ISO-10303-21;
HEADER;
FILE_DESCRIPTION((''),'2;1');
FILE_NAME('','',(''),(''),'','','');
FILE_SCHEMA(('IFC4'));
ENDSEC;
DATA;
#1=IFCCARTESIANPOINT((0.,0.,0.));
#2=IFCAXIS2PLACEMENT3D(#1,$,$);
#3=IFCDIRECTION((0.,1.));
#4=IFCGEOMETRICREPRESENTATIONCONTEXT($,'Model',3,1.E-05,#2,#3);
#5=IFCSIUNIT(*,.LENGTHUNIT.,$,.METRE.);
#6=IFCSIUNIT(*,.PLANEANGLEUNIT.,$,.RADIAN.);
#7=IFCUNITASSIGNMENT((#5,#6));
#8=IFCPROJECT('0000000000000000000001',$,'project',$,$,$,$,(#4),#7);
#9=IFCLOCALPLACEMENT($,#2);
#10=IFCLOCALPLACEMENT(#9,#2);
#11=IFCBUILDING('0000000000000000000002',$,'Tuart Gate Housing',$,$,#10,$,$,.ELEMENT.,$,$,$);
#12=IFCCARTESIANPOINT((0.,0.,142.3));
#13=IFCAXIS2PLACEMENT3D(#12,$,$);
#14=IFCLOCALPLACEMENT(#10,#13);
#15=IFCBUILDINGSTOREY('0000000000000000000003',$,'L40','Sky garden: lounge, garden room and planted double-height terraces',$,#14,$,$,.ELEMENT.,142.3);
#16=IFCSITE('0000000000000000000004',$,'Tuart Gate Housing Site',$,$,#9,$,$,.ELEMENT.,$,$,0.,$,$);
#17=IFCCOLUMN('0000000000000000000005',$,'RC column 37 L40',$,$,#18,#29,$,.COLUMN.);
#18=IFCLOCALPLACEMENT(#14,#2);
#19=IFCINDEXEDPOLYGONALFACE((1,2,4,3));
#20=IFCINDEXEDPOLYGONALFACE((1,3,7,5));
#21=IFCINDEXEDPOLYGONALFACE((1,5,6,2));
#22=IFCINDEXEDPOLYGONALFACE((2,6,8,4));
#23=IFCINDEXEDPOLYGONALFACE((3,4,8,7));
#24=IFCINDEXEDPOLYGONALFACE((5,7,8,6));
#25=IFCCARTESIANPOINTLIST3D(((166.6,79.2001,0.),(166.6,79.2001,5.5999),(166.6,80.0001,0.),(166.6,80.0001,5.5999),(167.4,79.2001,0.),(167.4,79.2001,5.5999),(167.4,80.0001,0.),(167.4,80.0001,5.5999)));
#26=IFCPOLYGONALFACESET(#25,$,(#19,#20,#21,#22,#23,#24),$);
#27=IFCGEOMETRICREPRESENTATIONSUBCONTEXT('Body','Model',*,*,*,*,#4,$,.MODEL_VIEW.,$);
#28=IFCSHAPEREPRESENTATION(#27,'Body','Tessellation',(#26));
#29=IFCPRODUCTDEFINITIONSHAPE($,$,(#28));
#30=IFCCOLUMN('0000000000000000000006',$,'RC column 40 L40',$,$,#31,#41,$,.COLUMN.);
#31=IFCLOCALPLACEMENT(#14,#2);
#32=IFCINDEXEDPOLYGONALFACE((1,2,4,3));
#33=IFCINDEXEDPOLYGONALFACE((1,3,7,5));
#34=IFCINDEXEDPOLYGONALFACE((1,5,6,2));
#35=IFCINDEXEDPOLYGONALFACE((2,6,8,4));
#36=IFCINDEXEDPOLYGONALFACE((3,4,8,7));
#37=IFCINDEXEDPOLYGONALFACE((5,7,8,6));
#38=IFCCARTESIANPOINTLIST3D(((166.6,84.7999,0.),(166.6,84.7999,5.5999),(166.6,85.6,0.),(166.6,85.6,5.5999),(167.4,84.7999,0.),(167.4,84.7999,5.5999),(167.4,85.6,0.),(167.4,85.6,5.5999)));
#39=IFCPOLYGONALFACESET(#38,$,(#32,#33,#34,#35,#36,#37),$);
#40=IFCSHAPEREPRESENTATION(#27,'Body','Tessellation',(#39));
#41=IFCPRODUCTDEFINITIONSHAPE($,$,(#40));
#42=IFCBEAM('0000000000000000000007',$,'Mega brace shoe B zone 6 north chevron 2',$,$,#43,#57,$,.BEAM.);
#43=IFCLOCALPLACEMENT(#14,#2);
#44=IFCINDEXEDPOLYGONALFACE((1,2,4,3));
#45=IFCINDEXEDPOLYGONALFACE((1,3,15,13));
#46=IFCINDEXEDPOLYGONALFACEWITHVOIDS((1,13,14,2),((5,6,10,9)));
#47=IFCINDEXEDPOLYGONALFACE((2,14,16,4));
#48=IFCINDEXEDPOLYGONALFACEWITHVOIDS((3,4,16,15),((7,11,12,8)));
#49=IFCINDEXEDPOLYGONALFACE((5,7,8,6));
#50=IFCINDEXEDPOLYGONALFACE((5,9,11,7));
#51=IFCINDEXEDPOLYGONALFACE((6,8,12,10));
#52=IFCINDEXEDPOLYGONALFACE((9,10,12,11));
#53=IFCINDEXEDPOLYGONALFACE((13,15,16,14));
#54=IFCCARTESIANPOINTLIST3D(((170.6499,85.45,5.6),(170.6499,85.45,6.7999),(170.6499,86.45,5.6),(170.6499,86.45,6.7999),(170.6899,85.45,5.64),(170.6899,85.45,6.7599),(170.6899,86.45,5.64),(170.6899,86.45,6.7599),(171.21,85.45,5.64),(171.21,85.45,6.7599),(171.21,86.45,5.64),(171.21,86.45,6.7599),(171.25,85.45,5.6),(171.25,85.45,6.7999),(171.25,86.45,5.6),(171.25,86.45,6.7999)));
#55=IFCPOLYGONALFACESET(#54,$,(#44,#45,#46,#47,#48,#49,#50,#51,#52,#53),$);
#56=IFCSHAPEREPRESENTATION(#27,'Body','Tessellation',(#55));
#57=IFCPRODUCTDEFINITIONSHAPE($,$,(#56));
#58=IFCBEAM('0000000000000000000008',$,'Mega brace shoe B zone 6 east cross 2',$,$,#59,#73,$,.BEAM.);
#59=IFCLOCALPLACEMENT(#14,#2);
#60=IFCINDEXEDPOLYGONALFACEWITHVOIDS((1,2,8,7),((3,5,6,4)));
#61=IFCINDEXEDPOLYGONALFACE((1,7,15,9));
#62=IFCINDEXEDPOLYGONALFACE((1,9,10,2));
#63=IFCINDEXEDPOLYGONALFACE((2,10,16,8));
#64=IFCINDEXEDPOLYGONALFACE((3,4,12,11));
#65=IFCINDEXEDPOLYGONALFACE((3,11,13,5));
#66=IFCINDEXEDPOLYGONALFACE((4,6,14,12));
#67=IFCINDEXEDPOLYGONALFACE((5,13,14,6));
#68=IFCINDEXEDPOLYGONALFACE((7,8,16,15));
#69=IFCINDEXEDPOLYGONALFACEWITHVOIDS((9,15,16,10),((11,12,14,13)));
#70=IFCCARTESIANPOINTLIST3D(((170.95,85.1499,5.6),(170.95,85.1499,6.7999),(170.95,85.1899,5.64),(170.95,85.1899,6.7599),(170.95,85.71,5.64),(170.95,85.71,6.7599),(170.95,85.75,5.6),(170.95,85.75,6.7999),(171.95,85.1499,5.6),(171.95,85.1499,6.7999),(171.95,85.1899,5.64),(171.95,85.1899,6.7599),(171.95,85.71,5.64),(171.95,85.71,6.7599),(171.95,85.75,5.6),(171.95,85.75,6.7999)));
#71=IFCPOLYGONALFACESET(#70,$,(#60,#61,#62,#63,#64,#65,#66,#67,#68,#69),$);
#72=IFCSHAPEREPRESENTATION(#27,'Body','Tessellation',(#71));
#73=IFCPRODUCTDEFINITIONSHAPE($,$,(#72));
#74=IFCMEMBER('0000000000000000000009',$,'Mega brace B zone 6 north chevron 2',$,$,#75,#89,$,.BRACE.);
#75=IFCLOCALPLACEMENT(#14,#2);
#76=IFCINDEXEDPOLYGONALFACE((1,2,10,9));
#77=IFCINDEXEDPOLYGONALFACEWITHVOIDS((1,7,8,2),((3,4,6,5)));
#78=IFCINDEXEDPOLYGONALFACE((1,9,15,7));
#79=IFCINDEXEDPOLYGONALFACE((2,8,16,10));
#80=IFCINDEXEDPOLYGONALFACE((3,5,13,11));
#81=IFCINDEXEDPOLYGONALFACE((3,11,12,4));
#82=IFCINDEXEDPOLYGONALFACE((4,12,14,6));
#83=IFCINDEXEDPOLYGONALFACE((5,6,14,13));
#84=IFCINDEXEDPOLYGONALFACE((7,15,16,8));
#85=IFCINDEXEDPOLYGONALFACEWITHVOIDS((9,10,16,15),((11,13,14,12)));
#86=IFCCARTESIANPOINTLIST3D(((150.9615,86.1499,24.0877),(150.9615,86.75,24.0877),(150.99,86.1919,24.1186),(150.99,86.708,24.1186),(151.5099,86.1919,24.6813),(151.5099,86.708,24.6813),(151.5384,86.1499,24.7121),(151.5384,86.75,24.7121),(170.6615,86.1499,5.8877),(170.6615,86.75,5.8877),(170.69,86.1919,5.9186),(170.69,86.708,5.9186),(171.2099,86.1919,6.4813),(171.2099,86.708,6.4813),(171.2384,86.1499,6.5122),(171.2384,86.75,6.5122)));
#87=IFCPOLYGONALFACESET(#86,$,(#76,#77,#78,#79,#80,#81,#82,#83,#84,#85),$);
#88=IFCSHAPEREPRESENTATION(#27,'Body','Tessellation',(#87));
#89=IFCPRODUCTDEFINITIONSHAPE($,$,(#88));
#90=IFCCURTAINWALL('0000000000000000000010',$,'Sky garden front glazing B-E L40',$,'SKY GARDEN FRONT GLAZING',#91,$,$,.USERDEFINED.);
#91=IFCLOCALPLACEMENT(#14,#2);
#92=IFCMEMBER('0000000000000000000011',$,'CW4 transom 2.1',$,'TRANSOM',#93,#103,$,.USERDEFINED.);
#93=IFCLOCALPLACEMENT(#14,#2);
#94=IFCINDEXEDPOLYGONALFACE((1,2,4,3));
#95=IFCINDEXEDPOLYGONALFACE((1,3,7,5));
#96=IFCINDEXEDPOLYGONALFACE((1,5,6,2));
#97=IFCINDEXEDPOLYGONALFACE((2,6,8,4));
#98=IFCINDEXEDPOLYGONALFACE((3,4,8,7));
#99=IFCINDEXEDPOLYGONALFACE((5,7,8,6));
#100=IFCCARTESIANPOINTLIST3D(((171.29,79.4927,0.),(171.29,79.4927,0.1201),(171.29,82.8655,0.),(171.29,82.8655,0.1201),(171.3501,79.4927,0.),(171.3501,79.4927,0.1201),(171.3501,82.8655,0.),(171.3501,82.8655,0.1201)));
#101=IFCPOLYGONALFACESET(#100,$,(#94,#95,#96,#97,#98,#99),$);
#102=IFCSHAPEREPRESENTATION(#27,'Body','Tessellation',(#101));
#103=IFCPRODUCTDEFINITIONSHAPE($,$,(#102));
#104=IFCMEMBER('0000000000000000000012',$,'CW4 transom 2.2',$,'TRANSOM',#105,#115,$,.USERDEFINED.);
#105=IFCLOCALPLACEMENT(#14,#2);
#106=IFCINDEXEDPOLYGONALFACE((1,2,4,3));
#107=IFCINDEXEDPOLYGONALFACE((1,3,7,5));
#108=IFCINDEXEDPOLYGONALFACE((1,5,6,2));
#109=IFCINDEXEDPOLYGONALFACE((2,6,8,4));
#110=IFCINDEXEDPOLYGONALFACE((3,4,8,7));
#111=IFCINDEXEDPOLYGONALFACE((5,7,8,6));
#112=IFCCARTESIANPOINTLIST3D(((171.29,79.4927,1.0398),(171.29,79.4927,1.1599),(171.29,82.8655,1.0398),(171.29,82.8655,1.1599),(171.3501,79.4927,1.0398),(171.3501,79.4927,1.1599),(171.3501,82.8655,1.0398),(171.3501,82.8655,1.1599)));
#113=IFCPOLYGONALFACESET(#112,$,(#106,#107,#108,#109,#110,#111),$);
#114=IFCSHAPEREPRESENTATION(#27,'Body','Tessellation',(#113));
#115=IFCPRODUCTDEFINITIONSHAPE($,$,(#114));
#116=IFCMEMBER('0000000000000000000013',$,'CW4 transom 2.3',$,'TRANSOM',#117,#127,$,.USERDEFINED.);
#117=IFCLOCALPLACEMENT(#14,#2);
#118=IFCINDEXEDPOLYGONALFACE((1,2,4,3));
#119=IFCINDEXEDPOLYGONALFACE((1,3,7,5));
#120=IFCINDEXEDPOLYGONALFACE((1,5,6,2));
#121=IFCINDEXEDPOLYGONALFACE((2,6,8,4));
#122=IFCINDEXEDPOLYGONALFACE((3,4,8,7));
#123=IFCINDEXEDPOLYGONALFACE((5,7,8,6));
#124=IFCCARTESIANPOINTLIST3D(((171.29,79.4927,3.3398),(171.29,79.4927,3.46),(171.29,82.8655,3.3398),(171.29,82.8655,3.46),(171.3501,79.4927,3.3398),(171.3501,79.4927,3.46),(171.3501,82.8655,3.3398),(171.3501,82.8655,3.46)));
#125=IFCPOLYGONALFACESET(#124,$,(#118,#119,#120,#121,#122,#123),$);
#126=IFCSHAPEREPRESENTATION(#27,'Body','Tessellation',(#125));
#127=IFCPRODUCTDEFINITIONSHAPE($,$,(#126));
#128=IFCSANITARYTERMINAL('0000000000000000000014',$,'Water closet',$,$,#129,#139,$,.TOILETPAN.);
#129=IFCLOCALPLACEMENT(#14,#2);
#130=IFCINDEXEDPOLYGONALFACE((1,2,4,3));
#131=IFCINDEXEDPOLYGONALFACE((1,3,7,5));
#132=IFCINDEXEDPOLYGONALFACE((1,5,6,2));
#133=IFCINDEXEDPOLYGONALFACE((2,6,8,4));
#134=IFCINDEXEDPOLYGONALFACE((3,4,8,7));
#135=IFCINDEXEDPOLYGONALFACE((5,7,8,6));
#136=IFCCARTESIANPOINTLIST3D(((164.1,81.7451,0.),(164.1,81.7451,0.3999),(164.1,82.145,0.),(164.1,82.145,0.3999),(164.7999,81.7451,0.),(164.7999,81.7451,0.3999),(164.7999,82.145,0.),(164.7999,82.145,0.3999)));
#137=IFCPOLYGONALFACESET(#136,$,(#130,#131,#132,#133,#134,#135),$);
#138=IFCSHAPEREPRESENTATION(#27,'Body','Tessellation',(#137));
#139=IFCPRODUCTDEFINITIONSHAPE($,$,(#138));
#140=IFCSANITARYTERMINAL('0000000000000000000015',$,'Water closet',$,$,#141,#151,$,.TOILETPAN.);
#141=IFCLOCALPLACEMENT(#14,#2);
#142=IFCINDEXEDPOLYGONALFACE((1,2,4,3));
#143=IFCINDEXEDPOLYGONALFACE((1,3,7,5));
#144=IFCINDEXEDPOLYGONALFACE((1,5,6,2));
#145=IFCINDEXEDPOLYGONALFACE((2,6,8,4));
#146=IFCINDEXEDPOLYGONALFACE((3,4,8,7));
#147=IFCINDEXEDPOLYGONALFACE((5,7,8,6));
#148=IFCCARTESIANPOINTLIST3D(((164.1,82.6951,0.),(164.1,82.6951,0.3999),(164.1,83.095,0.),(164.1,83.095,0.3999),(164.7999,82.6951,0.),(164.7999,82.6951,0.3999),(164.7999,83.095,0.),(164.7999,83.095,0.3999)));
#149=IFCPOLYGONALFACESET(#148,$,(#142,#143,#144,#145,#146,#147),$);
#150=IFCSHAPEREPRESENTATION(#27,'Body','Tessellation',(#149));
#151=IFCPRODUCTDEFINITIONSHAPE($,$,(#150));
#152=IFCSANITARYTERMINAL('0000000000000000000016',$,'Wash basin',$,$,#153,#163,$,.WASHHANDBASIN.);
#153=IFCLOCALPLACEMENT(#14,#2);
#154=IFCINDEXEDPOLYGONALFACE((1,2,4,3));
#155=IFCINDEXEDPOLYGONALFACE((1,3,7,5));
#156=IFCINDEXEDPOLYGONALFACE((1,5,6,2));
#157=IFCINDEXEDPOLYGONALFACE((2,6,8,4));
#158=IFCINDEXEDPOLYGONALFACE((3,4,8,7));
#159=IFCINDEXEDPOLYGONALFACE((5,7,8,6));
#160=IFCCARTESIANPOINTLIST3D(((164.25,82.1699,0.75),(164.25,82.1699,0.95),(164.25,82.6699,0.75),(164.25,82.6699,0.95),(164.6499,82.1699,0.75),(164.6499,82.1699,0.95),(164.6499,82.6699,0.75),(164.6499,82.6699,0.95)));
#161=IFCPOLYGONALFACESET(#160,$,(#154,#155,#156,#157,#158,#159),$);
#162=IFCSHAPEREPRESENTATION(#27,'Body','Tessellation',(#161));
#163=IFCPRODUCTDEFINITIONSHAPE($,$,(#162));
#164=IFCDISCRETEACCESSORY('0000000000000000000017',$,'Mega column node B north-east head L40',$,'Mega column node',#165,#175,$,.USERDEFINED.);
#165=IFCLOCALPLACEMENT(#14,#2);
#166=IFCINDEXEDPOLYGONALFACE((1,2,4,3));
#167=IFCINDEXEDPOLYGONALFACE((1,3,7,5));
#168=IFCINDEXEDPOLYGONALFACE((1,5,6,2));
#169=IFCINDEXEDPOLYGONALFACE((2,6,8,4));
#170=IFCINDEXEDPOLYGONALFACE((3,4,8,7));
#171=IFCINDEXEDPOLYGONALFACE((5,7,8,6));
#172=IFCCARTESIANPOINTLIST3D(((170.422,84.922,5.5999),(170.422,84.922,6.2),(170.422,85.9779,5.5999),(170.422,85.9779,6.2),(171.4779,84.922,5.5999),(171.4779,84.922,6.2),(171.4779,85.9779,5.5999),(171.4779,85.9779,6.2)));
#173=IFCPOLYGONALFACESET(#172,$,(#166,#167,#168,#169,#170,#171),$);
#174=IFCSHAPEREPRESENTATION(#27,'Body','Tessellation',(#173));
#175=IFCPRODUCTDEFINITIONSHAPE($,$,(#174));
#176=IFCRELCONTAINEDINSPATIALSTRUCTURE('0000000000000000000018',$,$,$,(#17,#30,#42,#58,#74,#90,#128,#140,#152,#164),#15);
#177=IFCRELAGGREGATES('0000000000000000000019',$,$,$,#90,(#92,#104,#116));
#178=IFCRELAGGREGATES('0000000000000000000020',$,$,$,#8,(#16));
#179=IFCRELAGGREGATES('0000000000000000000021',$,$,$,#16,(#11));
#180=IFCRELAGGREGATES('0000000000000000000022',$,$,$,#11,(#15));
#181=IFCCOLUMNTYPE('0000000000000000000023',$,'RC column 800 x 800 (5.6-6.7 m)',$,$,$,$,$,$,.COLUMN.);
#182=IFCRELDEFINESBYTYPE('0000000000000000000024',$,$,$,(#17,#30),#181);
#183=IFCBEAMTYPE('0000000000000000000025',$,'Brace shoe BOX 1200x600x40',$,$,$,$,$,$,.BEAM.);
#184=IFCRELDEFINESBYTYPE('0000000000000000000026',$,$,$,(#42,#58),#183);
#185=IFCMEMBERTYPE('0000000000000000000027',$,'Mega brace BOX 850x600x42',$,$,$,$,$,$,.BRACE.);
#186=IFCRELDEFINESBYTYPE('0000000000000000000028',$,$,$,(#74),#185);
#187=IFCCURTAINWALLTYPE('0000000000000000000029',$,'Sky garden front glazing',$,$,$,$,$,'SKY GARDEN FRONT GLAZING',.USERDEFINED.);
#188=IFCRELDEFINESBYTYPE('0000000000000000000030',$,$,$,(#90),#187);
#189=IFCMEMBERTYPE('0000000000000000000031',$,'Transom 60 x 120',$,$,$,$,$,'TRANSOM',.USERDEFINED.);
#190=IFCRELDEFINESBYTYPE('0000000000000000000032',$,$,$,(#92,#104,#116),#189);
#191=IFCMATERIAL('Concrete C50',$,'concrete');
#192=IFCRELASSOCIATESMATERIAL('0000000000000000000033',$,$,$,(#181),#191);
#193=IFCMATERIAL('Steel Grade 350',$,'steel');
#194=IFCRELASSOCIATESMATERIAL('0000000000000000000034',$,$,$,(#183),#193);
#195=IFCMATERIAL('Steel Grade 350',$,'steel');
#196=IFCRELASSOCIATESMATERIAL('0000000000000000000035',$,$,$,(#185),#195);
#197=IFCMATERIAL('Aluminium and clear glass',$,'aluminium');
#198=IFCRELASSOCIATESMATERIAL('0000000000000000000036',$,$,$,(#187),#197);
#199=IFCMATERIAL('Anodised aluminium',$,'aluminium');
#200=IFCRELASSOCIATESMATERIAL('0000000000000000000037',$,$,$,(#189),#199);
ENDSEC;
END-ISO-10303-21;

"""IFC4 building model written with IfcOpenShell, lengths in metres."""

from ifc_helpers import new_model, si_unit, direction, frame, origin, origin_2d, place, context, subcontext, project, spatial, rectangle, hollow_rectangle, extrude, material, material_profile, profile_set, type_object, element, aggregate, save


model = new_model("IFC4")

# Units and contexts
model_context = context("Model", 3, precision=1e-05, world=origin(), true_north=direction((0.0, 1.0)))
body_context = subcontext(model_context, "Body", "Model", "MODEL_VIEW")
ifc_project = project(units=[si_unit("LENGTHUNIT", "METRE"), si_unit("PLANEANGLEUNIT", "RADIAN")], contexts=[model_context])

# Site, building, storey
site_placement = place(None, origin())
site = spatial("IfcSite", under=ifc_project, at=site_placement, Name="Tuart Gate Housing Site", CompositionType="ELEMENT", RefElevation=0.0)
building_placement = place(site_placement, origin())
building = spatial("IfcBuilding", under=site, at=building_placement, Name="Tuart Gate Housing", CompositionType="ELEMENT")
storey_placement = place(building_placement, frame((0.0, 0.0, 142.3)))
storey = spatial("IfcBuildingStorey", under=building, at=storey_placement, Name="L40", Description="Sky garden: lounge, garden room and planted double-height terraces", CompositionType="ELEMENT", Elevation=142.3)

# Columns
ifc_material_1 = material(Name="Concrete C50", Category="concrete")
ifc_material_profile_1 = material_profile(ifc_material_1, rectangle(XDim=0.8, YDim=0.8, at=origin_2d()), Name="RC column 800 x 800 (5.6-6.7 m)")
ifc_profile_set_1 = profile_set([ifc_material_profile_1], Name="Concrete C50")
column_type = type_object("IfcColumnType", Name="RC column 800 x 800 (5.6-6.7 m)", PredefinedType="COLUMN", material=ifc_profile_set_1)
for number, where, z_axis, x_axis, name in (
    (1, (167.0, 79.6001, 0.0), (0.0, 0.0, 1.0), (1.0, 0.0, 0.0), "RC column 37 L40"),
    (2, (167.0, 85.2, 0.0), (0.0, 0.0, 1.0), (1.0, 0.0, 0.0), "RC column 40 L40"),
):
    element("IfcColumn", number, at=place(storey_placement, frame(where, z_axis=z_axis, x_axis=x_axis)), inside=storey, type_object=column_type, Name=name, PredefinedType="COLUMN", context=body_context, shape_type="SweptSolid", body=[
        extrude(rectangle(XDim=0.8, YDim=0.8, at=origin_2d()), origin(), (0.0, 0.0, 1.0), 5.5999),
    ])

# Beams
ifc_material_2 = material(Name="Steel Grade 350", Category="steel")
ifc_material_profile_2 = material_profile(ifc_material_2, hollow_rectangle(XDim=0.6001, YDim=1.2, WallThickness=0.04, at=origin_2d()), Name="BOX 1200x600x40")
ifc_profile_set_2 = profile_set([ifc_material_profile_2], Name="Steel Grade 350")
beam_type = type_object("IfcBeamType", Name="Brace shoe BOX 1200x600x40", PredefinedType="BEAM", material=ifc_profile_set_2)
for number, where, z_axis, x_axis, name in (
    (3, (170.95, 85.45, 6.2), (0.0, 1.0, 0.0), (-1.0, 0.0, 0.0), "Mega brace shoe B zone 6 north chevron 2"),
    (4, (170.95, 85.45, 6.2), (1.0, 0.0, 0.0), (0.0, 1.0, 0.0), "Mega brace shoe B zone 6 east cross 2"),
):
    element("IfcBeam", number, at=place(storey_placement, frame(where, z_axis=z_axis, x_axis=x_axis)), inside=storey, type_object=beam_type, Name=name, PredefinedType="BEAM", context=body_context, shape_type="SweptSolid", body=[
        extrude(hollow_rectangle(XDim=0.6001, YDim=1.2, WallThickness=0.04, at=origin_2d()), origin(), (0.0, 0.0, 1.0), 1.0),
    ])

# Member
ifc_material_3 = material(Name="Steel Grade 350", Category="steel")
ifc_material_profile_3 = material_profile(ifc_material_3, hollow_rectangle(XDim=0.6001, YDim=0.8501, WallThickness=0.042, at=origin_2d()), Name="BOX 850x600x42")
ifc_profile_set_3 = profile_set([ifc_material_profile_3], Name="Steel Grade 350")
member_type_1 = type_object("IfcMemberType", Name="Mega brace BOX 850x600x42", PredefinedType="BRACE", material=ifc_profile_set_3)
member_1_placement = place(storey_placement, frame((170.95, 86.45, 6.2), z_axis=(-0.734518, 0.0, 0.67859), x_axis=(0.0, -1.0, 0.0)))
element("IfcMember", 5, at=member_1_placement, inside=storey, type_object=member_type_1, Name="Mega brace B zone 6 north chevron 2", PredefinedType="BRACE", context=body_context, shape_type="SweptSolid", body=[
    extrude(hollow_rectangle(XDim=0.6001, YDim=0.8501, WallThickness=0.042, at=origin_2d()), origin(), (0.0, 0.0, 1.0), 26.8203),
])

# Curtain wall, members
ifc_material_4 = material(Name="Aluminium and clear glass", Category="aluminium")
curtain_wall_type = type_object("IfcCurtainWallType", Name="Sky garden front glazing", ElementType="SKY GARDEN FRONT GLAZING", PredefinedType="USERDEFINED", material=ifc_material_4)
curtain_wall_placement = place(storey_placement, origin())
curtain_wall = element("IfcCurtainWall", 6, at=curtain_wall_placement, inside=storey, type_object=curtain_wall_type, Name="Sky garden front glazing B-E L40", ObjectType="SKY GARDEN FRONT GLAZING", PredefinedType="USERDEFINED")
ifc_material_5 = material(Name="Anodised aluminium", Category="aluminium")
ifc_material_profile_4 = material_profile(ifc_material_5, rectangle(XDim=0.0601, YDim=0.1201, at=origin_2d()), Name="60x120")
ifc_profile_set_4 = profile_set([ifc_material_profile_4], Name="Anodised aluminium")
member_type_2 = type_object("IfcMemberType", Name="Transom 60 x 120", ElementType="TRANSOM", PredefinedType="USERDEFINED", material=ifc_profile_set_4)
member_2_placement = place(storey_placement, frame((171.3201, 79.4927, 0.0601), z_axis=(0.0, 1.0, 0.0), x_axis=(-1.0, 0.0, 0.0)))
member_2 = element("IfcMember", 7, at=member_2_placement, type_object=member_type_2, Name="CW4 transom 2.1", ObjectType="TRANSOM", PredefinedType="USERDEFINED", context=body_context, shape_type="SweptSolid", body=[
    extrude(rectangle(XDim=0.0601, YDim=0.1201, at=origin_2d()), origin(), (0.0, 0.0, 1.0), 3.3728),
])
member_3_placement = place(storey_placement, frame((171.3201, 79.4927, 1.0999), z_axis=(0.0, 1.0, 0.0), x_axis=(-1.0, 0.0, 0.0)))
member_3 = element("IfcMember", 8, at=member_3_placement, type_object=member_type_2, Name="CW4 transom 2.2", ObjectType="TRANSOM", PredefinedType="USERDEFINED", context=body_context, shape_type="SweptSolid", body=[
    extrude(rectangle(XDim=0.0601, YDim=0.1201, at=origin_2d()), origin(), (0.0, 0.0, 1.0), 3.3728),
])
member_4_placement = place(storey_placement, frame((171.3201, 79.4927, 3.3999), z_axis=(0.0, 1.0, 0.0), x_axis=(-1.0, 0.0, 0.0)))
member_4 = element("IfcMember", 9, at=member_4_placement, type_object=member_type_2, Name="CW4 transom 2.3", ObjectType="TRANSOM", PredefinedType="USERDEFINED", context=body_context, shape_type="SweptSolid", body=[
    extrude(rectangle(XDim=0.0601, YDim=0.1201, at=origin_2d()), origin(), (0.0, 0.0, 1.0), 3.3728),
])
aggregate(curtain_wall, [member_2, member_3, member_4])

# Sanitary terminals
for number, where, z_axis, x_axis, name in (
    (10, (164.45, 81.9451, 0.0), (0.0, 0.0, 1.0), (1.0, 0.0, 0.0), "Water closet"),
    (11, (164.45, 82.895, 0.0), (0.0, 0.0, 1.0), (1.0, 0.0, 0.0), "Water closet"),
):
    element("IfcSanitaryTerminal", number, at=place(storey_placement, frame(where, z_axis=z_axis, x_axis=x_axis)), inside=storey, Name=name, PredefinedType="TOILETPAN", context=body_context, shape_type="SweptSolid", body=[
        extrude(rectangle(XDim=0.7, YDim=0.3999, at=origin_2d()), origin(), (0.0, 0.0, 1.0), 0.3999),
    ])
sanitary_terminal_placement = place(storey_placement, frame((164.45, 82.4199, 0.75), z_axis=(0.0, 0.0, 1.0), x_axis=(1.0, 0.0, 0.0)))
element("IfcSanitaryTerminal", 12, at=sanitary_terminal_placement, inside=storey, Name="Wash basin", PredefinedType="WASHHANDBASIN", context=body_context, shape_type="SweptSolid", body=[
    extrude(rectangle(XDim=0.3999, YDim=0.5, at=origin_2d()), origin(), (0.0, 0.0, 1.0), 0.2),
])

# Discrete accessory
discrete_accessory_placement = place(storey_placement, frame((170.95, 85.45, 5.5999), z_axis=(0.0, 0.0, 1.0), x_axis=(1.0, 0.0, 0.0)))
element("IfcDiscreteAccessory", 13, at=discrete_accessory_placement, inside=storey, Name="Mega column node B north-east head L40", ObjectType="Mega column node", PredefinedType="USERDEFINED", context=body_context, shape_type="SweptSolid", body=[
    extrude(rectangle(XDim=1.0559, YDim=1.0559, at=origin_2d()), origin(), (0.0, 0.0, 1.0), 0.6001),
])

save(model, "model.ifc")
